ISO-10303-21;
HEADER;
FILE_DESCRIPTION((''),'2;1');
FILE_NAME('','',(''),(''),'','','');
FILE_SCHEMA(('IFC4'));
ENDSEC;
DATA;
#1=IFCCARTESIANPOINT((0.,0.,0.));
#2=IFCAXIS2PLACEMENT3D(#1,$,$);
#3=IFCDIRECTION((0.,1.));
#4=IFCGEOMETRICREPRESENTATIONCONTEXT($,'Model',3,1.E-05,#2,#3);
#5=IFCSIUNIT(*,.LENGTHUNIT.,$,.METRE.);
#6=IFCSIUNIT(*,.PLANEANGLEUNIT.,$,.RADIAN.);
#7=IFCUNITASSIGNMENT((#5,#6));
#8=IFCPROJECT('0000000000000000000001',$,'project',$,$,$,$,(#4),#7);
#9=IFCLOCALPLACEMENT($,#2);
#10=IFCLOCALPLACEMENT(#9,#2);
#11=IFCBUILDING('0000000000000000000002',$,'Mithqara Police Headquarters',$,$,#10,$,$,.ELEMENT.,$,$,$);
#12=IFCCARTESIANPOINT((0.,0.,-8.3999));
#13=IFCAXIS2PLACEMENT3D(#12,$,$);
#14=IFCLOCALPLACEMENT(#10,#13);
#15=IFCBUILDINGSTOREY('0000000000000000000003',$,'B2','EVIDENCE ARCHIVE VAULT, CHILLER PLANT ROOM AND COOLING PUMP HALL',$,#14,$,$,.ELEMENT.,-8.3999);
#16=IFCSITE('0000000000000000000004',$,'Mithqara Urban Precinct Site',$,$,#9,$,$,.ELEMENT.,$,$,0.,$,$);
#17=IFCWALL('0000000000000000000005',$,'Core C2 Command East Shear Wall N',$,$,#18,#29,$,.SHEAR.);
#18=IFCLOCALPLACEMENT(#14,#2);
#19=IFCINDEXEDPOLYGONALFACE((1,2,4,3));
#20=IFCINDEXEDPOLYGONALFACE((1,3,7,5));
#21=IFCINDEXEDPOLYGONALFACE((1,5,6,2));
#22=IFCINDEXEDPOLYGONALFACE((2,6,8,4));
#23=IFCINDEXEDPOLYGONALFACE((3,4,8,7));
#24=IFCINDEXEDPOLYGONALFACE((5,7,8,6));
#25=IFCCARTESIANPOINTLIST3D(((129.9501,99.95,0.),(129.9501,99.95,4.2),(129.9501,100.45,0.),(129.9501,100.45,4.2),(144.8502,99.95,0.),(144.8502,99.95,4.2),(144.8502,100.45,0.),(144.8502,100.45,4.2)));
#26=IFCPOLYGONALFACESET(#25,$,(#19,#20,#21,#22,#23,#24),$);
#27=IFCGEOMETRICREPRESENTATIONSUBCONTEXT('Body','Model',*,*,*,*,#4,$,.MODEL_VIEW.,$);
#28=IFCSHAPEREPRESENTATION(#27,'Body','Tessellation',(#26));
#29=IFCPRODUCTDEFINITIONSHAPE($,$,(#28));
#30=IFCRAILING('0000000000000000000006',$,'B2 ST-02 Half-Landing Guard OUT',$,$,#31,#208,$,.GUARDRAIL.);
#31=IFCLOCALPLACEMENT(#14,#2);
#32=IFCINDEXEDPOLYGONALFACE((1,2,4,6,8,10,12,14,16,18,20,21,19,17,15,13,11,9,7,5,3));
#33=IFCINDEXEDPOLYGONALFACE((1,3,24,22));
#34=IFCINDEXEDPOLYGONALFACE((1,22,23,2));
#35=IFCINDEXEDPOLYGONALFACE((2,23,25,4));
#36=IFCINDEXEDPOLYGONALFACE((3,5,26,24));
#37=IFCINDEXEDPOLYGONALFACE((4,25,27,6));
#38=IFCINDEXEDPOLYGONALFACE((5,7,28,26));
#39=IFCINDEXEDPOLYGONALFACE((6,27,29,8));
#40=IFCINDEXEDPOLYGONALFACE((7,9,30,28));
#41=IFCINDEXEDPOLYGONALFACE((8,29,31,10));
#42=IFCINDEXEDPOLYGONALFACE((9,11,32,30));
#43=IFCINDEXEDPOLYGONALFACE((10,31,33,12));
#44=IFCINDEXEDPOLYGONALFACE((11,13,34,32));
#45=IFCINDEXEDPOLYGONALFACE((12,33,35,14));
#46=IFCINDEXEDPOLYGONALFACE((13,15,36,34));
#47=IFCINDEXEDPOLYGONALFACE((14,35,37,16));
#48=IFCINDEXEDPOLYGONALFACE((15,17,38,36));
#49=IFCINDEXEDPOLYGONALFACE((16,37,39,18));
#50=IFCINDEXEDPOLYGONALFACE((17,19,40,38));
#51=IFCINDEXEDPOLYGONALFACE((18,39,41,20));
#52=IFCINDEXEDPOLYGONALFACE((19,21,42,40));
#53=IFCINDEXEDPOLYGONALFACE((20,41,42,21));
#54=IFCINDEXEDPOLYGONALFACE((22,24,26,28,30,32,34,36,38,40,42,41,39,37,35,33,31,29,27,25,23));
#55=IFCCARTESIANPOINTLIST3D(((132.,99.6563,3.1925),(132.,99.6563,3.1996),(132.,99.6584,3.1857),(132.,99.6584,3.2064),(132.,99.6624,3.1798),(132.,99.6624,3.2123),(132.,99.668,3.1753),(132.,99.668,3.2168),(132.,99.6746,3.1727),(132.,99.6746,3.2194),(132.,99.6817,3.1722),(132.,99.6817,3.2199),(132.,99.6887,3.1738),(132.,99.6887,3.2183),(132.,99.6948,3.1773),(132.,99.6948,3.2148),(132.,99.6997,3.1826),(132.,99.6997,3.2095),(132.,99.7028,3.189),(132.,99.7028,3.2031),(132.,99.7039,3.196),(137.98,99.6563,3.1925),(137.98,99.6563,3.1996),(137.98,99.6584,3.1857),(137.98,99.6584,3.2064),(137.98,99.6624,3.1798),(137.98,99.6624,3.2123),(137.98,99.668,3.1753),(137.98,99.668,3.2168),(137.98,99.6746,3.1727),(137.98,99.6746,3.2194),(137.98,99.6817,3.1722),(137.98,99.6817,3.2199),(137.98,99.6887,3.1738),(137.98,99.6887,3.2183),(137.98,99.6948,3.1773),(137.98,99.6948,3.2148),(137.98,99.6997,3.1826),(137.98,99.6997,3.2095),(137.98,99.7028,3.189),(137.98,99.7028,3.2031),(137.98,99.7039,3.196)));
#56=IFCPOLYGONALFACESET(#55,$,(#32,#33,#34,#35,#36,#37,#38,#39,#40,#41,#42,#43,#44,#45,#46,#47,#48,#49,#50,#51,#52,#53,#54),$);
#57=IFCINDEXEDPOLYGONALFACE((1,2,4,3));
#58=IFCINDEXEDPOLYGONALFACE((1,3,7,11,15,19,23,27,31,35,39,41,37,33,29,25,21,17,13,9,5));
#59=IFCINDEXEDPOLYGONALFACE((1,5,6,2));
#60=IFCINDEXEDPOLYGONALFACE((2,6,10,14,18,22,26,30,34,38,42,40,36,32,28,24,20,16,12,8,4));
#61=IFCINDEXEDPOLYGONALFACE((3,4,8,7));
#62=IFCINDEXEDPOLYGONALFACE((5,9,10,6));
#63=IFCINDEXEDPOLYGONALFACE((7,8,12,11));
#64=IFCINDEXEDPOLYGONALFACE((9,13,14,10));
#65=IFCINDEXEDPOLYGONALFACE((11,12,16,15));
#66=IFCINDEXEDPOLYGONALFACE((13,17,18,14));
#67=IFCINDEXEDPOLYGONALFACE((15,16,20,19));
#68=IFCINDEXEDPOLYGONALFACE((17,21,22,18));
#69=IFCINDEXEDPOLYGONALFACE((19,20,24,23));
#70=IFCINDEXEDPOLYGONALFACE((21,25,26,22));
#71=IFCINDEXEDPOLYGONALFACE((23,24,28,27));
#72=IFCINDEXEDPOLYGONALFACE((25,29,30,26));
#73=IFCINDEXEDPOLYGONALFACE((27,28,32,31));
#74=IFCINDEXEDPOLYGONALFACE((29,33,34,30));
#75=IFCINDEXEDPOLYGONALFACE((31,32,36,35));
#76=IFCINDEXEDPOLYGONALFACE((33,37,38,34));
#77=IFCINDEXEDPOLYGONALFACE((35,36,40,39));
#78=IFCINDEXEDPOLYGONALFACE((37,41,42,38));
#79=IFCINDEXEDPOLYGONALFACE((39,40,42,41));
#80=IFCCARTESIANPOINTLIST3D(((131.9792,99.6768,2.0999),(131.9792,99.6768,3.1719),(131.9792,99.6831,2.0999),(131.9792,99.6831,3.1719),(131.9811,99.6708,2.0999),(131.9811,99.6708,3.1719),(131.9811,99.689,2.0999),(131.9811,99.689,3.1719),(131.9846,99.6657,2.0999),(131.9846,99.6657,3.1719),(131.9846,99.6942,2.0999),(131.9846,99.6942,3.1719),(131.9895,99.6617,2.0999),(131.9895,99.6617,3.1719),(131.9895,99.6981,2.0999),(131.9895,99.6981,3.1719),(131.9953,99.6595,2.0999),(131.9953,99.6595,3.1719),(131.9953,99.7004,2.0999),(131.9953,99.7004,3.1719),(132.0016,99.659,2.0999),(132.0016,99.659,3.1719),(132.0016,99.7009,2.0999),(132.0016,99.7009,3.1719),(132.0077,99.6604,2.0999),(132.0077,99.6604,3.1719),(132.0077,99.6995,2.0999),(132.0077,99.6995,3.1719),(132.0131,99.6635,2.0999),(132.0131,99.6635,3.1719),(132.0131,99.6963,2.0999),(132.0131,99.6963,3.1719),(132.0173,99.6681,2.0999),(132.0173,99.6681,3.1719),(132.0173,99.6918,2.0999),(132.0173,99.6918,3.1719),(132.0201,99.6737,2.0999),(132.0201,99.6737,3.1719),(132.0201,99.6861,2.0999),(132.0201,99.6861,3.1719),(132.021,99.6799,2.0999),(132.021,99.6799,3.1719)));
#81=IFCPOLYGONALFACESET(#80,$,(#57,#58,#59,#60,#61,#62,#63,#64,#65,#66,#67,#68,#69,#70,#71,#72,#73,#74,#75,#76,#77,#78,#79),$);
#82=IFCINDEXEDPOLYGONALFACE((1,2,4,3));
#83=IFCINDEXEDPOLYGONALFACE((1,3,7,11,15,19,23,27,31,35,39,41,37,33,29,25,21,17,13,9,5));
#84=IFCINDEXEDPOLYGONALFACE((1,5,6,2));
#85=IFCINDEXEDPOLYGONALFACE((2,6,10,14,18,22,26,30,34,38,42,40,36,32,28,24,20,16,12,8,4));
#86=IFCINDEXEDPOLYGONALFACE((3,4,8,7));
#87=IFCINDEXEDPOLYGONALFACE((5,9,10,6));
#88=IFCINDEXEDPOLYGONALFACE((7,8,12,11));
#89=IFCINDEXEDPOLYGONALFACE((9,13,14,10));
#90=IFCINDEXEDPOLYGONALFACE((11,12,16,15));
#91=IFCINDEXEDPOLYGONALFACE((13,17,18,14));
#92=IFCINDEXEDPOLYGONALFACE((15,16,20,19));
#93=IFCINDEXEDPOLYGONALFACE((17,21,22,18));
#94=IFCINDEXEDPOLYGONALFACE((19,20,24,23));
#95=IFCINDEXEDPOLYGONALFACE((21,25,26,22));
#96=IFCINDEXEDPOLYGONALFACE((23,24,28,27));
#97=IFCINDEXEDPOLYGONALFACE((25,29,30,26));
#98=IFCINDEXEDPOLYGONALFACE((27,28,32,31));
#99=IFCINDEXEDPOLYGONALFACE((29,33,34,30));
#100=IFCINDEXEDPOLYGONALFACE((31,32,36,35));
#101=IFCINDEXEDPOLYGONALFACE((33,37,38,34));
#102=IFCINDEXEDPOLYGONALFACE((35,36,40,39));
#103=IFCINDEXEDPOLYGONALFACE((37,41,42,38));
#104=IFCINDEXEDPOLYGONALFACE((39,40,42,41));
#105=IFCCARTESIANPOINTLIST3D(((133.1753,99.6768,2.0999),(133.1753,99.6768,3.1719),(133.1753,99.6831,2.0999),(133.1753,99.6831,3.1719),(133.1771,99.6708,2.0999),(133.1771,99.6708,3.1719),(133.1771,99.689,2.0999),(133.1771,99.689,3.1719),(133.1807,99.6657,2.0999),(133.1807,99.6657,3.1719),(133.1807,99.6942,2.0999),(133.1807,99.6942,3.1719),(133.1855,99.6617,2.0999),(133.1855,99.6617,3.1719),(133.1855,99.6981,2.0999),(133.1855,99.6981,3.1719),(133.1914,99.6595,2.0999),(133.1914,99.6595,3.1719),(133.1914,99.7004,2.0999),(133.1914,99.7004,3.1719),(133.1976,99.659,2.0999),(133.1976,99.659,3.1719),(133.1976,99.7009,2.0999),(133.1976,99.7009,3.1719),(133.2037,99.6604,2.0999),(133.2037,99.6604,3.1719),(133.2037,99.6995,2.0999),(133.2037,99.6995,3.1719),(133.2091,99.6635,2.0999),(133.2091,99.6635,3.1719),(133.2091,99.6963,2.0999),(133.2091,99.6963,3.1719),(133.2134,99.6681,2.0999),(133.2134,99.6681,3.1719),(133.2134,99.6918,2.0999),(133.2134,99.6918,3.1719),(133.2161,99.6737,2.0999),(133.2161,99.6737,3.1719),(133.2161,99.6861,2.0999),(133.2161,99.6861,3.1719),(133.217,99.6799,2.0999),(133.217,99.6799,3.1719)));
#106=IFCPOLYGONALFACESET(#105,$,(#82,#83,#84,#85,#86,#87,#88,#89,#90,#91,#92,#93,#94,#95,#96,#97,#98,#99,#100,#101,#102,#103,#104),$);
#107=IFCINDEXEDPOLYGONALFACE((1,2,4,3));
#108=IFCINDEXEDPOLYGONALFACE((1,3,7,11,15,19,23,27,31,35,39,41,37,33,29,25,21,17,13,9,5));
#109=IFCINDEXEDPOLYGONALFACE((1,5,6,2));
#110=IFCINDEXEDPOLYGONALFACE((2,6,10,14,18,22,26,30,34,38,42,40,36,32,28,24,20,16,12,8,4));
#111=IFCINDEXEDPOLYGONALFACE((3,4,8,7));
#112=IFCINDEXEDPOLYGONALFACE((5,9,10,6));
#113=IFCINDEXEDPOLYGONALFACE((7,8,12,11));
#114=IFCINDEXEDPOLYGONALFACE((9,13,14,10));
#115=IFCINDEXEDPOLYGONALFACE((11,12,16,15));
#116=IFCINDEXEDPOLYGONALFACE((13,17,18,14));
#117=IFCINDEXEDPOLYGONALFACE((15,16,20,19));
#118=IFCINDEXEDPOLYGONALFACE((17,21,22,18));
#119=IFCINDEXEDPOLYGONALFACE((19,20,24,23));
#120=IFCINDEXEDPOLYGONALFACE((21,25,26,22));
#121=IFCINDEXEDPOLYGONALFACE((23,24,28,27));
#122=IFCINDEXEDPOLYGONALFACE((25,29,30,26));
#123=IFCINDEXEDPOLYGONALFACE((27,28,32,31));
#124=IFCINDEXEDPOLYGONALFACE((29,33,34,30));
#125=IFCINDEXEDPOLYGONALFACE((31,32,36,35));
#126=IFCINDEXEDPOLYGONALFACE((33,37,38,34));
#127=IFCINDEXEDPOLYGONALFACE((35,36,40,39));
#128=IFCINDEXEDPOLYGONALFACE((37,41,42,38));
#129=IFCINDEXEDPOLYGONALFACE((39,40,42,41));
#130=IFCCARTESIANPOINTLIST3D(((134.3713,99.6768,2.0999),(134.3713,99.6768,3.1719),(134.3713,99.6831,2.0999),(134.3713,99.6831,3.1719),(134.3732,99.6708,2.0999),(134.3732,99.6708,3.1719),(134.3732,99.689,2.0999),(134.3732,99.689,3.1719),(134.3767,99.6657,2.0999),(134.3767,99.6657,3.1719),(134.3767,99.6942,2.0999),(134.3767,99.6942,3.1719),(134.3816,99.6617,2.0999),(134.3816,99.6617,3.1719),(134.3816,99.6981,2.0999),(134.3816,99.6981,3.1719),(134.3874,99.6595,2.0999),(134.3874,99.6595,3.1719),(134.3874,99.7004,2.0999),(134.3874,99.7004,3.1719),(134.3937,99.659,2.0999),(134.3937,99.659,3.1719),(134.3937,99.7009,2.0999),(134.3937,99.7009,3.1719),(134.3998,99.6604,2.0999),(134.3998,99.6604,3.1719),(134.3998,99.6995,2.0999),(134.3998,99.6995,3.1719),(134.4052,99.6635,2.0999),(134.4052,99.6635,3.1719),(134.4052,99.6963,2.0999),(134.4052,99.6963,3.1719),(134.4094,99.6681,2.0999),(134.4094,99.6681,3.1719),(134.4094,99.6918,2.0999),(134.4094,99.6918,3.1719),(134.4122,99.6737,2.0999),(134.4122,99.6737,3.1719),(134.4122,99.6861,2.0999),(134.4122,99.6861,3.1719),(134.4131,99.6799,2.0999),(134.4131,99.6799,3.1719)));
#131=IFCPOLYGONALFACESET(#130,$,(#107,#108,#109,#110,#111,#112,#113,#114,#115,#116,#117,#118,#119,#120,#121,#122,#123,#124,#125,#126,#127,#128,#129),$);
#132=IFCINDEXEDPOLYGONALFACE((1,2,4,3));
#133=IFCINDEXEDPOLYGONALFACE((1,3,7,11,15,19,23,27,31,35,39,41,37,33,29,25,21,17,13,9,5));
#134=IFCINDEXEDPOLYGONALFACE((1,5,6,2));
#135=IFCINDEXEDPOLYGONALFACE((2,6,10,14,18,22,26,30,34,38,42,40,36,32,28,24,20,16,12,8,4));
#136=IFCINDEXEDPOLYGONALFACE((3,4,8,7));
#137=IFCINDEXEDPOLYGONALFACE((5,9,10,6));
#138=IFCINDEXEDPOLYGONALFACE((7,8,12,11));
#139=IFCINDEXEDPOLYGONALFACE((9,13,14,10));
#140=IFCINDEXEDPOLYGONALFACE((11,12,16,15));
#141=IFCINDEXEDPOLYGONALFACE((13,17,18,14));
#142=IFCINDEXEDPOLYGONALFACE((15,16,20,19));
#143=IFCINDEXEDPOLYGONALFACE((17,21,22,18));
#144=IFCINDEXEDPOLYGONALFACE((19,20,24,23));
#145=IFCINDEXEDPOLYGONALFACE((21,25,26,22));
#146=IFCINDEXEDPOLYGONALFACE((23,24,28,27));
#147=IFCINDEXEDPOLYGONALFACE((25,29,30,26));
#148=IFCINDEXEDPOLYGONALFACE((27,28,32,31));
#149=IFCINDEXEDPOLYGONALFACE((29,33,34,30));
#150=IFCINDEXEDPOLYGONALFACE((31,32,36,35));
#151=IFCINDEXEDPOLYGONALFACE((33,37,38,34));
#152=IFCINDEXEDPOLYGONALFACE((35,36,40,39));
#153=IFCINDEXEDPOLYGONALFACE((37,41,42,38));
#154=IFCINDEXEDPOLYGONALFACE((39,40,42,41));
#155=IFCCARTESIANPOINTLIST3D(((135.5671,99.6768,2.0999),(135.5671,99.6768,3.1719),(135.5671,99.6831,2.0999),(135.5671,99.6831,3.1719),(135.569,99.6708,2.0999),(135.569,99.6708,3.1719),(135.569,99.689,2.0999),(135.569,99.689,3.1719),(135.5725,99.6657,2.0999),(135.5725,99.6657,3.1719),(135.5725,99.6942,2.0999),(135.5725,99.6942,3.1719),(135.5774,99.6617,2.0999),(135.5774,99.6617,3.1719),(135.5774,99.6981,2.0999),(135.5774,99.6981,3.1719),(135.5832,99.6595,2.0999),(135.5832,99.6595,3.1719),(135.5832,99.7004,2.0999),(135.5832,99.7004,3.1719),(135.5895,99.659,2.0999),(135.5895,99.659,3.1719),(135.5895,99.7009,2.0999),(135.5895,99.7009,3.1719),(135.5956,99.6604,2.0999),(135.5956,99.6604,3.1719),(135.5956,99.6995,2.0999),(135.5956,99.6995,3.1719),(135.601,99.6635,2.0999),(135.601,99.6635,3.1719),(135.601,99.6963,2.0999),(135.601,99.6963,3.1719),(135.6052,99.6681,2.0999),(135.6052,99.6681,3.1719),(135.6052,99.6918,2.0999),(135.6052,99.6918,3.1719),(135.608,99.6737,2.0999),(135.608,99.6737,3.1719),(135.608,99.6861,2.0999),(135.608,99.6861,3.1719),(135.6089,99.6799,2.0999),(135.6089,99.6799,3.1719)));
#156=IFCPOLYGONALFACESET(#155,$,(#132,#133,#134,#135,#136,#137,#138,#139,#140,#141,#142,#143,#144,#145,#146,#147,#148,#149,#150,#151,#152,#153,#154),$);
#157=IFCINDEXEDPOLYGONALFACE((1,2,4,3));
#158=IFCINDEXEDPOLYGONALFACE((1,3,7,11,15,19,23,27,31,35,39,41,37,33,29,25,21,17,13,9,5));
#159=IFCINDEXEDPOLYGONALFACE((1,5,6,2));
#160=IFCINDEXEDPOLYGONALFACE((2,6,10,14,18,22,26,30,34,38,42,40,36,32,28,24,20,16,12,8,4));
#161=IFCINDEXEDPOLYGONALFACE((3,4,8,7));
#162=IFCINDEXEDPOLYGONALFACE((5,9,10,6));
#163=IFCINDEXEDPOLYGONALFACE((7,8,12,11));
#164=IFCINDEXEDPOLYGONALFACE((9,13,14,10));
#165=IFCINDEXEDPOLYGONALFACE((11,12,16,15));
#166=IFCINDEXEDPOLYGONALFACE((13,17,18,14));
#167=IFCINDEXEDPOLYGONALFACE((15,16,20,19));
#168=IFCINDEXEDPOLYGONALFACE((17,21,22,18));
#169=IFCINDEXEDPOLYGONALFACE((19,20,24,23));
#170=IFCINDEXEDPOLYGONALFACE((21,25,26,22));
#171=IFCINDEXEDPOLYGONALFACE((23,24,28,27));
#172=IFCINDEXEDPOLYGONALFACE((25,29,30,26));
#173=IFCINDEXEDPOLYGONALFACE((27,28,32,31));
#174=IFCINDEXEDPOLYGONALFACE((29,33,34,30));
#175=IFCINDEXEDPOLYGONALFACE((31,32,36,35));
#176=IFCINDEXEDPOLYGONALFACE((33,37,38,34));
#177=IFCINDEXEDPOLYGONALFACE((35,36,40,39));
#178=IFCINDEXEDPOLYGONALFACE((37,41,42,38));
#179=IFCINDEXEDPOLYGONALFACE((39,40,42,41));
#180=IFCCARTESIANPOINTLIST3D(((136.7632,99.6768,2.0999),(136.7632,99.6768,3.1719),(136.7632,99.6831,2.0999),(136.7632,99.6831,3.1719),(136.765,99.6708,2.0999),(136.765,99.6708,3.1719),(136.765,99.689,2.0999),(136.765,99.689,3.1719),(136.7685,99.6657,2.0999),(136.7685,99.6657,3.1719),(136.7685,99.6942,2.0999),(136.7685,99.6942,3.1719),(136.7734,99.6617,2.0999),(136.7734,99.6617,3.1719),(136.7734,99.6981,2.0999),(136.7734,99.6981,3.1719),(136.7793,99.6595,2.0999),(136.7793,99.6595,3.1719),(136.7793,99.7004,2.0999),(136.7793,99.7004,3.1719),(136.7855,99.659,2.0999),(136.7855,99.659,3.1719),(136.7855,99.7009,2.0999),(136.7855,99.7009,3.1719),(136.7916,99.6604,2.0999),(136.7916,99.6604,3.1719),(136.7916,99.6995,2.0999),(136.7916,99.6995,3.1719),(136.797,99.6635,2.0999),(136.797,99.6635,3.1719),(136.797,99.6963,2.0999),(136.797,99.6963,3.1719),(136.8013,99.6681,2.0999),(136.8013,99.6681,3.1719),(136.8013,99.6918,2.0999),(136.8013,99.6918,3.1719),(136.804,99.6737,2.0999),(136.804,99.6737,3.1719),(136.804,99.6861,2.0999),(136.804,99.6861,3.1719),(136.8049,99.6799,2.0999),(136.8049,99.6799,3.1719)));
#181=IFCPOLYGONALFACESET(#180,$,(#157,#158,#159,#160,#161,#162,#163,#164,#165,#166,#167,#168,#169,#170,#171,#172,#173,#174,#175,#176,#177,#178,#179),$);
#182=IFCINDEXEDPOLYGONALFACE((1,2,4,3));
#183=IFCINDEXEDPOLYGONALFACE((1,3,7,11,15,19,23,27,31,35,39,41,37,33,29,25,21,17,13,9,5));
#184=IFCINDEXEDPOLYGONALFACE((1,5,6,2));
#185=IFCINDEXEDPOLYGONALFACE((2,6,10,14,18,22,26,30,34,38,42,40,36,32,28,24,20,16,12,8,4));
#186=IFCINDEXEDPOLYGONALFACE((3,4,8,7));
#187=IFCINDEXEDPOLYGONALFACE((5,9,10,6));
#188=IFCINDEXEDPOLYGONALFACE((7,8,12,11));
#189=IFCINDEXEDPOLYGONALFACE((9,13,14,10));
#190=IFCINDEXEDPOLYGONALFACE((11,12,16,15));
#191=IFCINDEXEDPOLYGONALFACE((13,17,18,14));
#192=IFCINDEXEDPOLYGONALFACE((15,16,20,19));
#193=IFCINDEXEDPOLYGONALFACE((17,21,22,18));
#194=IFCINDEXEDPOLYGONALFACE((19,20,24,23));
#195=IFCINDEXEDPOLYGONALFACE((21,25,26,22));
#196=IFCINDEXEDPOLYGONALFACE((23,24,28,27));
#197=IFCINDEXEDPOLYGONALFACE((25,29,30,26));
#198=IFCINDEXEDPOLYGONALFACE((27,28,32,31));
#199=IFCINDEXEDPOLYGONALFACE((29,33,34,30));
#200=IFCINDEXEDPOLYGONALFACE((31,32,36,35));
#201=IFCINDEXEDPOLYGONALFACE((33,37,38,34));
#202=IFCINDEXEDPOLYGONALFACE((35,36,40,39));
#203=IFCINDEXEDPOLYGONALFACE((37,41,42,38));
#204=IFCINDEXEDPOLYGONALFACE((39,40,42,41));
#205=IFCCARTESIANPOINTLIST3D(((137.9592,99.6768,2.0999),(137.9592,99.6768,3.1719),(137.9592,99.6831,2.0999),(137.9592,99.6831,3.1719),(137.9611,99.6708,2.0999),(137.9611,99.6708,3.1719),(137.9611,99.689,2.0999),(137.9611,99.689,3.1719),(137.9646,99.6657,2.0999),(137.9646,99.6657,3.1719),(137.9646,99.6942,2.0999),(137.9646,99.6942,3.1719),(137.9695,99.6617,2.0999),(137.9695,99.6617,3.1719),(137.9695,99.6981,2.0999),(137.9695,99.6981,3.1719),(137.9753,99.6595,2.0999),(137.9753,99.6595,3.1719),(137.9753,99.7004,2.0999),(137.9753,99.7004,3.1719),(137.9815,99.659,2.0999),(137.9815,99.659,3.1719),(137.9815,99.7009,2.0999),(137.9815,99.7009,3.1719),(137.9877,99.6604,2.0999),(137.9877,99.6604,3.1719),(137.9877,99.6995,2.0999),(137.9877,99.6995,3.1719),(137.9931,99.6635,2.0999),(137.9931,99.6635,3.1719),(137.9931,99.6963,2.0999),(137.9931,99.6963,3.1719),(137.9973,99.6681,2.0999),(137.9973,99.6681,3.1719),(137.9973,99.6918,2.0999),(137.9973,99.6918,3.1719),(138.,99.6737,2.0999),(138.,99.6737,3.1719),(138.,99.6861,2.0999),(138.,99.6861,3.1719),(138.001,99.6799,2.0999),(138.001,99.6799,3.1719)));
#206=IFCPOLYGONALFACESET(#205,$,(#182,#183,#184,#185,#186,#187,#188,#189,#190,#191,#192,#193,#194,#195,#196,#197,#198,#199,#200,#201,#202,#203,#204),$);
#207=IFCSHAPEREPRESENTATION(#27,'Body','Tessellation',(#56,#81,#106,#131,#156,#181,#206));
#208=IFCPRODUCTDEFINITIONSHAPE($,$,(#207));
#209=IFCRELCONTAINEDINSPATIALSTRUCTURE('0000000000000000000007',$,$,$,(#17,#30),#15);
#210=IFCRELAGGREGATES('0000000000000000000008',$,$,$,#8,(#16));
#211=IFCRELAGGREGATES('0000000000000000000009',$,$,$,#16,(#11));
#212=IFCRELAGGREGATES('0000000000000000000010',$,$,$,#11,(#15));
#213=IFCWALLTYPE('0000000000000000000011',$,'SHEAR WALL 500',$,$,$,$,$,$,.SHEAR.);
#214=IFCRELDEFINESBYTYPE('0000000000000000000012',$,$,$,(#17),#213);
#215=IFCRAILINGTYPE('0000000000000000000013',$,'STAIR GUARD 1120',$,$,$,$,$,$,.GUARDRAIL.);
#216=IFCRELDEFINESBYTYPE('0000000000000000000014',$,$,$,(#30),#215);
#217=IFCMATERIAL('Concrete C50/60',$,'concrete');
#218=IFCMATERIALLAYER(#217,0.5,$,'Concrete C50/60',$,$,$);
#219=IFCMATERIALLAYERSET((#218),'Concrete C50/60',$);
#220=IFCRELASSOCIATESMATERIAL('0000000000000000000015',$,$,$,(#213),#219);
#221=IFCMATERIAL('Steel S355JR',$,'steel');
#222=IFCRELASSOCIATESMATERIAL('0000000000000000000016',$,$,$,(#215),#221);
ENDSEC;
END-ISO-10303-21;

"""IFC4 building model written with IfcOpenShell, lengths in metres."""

from ifc_helpers import new_model, si_unit, direction, frame, frame_2d, origin, origin_2d, place, context, subcontext, project, spatial, rectangle, circle, extrude, material, layer, layer_set, type_object, element, save


model = new_model("IFC4")

# Units and contexts
model_context = context("Model", 3, precision=1e-05, world=origin(), true_north=direction((0.0, 1.0)))
body_context = subcontext(model_context, "Body", "Model", "MODEL_VIEW")
ifc_project = project(units=[si_unit("LENGTHUNIT", "METRE"), si_unit("PLANEANGLEUNIT", "RADIAN")], contexts=[model_context])

# Site, building, storey
site_placement = place(None, origin())
site = spatial("IfcSite", under=ifc_project, at=site_placement, Name="Mithqara Urban Precinct Site", CompositionType="ELEMENT", RefElevation=0.0)
building_placement = place(site_placement, origin())
building = spatial("IfcBuilding", under=site, at=building_placement, Name="Mithqara Police Headquarters", CompositionType="ELEMENT")
storey_placement = place(building_placement, frame((0.0, 0.0, -8.3999)))
storey = spatial("IfcBuildingStorey", under=building, at=storey_placement, Name="B2", Description="EVIDENCE ARCHIVE VAULT, CHILLER PLANT ROOM AND COOLING PUMP HALL", CompositionType="ELEMENT", Elevation=-8.3999)

# Shared definitions
ifc_material_1 = material(Name="Concrete C50/60", Category="concrete")

# Shared definitions
ifc_material_2 = material(Name="Steel S355JR", Category="steel")

# Wall
ifc_layer_1 = layer(ifc_material_1, 0.5, Name="Concrete C50/60")
ifc_layer_set_1 = layer_set([ifc_layer_1], Name="Concrete C50/60")
wall_type_1 = type_object("IfcWallType", Name="SHEAR WALL 500", PredefinedType="SHEAR", material=ifc_layer_set_1)
wall_1_placement = place(storey_placement, frame((129.95, 100.2, 0.0), z_axis=(0.0, 0.0, 1.0), x_axis=(1.0, 0.0, 0.0)))
element("IfcWall", 1, at=wall_1_placement, inside=storey, type_object=wall_type_1, Name="Core C2 Command East Shear Wall N", PredefinedType="SHEAR", context=body_context, shape_type="SweptSolid", body=[
    extrude(rectangle(XDim=14.9001, YDim=0.5, at=frame_2d((7.4502, 0.0))), origin(), (0.0, 0.0, 1.0), 4.2),
])

# Railing
railing_type = type_object("IfcRailingType", Name="STAIR GUARD 1120", PredefinedType="GUARDRAIL", material=ifc_material_2)
railing_placement = place(storey_placement, frame((132.0, 99.6799, 2.0999)))
element("IfcRailing", 2, at=railing_placement, inside=storey, type_object=railing_type, Name="B2 ST-02 Half-Landing Guard OUT", PredefinedType="GUARDRAIL", context=body_context, shape_type="SweptSolid", body=[
    extrude(circle(Radius=0.0239, at=origin_2d()), frame((0.0, 0.0, 1.0962), z_axis=(1.0, 0.0, 0.0), x_axis=(0.0, 1.0, 0.0)), (0.0, 0.0, 1.0), 5.98),
    extrude(circle(Radius=0.021, at=origin_2d()), origin(), (0.0, 0.0, 1.0), 1.072),
    extrude(circle(Radius=0.021, at=origin_2d()), frame((1.196, 0.0, 0.0)), (0.0, 0.0, 1.0), 1.072),
    extrude(circle(Radius=0.021, at=origin_2d()), frame((2.3921, 0.0, 0.0)), (0.0, 0.0, 1.0), 1.072),
    extrude(circle(Radius=0.021, at=origin_2d()), frame((3.5879, 0.0, 0.0)), (0.0, 0.0, 1.0), 1.072),
    extrude(circle(Radius=0.021, at=origin_2d()), frame((4.7839, 0.0, 0.0)), (0.0, 0.0, 1.0), 1.072),
    extrude(circle(Radius=0.021, at=origin_2d()), frame((5.98, 0.0, 0.0)), (0.0, 0.0, 1.0), 1.072),
])

save(model, "model.ifc")
